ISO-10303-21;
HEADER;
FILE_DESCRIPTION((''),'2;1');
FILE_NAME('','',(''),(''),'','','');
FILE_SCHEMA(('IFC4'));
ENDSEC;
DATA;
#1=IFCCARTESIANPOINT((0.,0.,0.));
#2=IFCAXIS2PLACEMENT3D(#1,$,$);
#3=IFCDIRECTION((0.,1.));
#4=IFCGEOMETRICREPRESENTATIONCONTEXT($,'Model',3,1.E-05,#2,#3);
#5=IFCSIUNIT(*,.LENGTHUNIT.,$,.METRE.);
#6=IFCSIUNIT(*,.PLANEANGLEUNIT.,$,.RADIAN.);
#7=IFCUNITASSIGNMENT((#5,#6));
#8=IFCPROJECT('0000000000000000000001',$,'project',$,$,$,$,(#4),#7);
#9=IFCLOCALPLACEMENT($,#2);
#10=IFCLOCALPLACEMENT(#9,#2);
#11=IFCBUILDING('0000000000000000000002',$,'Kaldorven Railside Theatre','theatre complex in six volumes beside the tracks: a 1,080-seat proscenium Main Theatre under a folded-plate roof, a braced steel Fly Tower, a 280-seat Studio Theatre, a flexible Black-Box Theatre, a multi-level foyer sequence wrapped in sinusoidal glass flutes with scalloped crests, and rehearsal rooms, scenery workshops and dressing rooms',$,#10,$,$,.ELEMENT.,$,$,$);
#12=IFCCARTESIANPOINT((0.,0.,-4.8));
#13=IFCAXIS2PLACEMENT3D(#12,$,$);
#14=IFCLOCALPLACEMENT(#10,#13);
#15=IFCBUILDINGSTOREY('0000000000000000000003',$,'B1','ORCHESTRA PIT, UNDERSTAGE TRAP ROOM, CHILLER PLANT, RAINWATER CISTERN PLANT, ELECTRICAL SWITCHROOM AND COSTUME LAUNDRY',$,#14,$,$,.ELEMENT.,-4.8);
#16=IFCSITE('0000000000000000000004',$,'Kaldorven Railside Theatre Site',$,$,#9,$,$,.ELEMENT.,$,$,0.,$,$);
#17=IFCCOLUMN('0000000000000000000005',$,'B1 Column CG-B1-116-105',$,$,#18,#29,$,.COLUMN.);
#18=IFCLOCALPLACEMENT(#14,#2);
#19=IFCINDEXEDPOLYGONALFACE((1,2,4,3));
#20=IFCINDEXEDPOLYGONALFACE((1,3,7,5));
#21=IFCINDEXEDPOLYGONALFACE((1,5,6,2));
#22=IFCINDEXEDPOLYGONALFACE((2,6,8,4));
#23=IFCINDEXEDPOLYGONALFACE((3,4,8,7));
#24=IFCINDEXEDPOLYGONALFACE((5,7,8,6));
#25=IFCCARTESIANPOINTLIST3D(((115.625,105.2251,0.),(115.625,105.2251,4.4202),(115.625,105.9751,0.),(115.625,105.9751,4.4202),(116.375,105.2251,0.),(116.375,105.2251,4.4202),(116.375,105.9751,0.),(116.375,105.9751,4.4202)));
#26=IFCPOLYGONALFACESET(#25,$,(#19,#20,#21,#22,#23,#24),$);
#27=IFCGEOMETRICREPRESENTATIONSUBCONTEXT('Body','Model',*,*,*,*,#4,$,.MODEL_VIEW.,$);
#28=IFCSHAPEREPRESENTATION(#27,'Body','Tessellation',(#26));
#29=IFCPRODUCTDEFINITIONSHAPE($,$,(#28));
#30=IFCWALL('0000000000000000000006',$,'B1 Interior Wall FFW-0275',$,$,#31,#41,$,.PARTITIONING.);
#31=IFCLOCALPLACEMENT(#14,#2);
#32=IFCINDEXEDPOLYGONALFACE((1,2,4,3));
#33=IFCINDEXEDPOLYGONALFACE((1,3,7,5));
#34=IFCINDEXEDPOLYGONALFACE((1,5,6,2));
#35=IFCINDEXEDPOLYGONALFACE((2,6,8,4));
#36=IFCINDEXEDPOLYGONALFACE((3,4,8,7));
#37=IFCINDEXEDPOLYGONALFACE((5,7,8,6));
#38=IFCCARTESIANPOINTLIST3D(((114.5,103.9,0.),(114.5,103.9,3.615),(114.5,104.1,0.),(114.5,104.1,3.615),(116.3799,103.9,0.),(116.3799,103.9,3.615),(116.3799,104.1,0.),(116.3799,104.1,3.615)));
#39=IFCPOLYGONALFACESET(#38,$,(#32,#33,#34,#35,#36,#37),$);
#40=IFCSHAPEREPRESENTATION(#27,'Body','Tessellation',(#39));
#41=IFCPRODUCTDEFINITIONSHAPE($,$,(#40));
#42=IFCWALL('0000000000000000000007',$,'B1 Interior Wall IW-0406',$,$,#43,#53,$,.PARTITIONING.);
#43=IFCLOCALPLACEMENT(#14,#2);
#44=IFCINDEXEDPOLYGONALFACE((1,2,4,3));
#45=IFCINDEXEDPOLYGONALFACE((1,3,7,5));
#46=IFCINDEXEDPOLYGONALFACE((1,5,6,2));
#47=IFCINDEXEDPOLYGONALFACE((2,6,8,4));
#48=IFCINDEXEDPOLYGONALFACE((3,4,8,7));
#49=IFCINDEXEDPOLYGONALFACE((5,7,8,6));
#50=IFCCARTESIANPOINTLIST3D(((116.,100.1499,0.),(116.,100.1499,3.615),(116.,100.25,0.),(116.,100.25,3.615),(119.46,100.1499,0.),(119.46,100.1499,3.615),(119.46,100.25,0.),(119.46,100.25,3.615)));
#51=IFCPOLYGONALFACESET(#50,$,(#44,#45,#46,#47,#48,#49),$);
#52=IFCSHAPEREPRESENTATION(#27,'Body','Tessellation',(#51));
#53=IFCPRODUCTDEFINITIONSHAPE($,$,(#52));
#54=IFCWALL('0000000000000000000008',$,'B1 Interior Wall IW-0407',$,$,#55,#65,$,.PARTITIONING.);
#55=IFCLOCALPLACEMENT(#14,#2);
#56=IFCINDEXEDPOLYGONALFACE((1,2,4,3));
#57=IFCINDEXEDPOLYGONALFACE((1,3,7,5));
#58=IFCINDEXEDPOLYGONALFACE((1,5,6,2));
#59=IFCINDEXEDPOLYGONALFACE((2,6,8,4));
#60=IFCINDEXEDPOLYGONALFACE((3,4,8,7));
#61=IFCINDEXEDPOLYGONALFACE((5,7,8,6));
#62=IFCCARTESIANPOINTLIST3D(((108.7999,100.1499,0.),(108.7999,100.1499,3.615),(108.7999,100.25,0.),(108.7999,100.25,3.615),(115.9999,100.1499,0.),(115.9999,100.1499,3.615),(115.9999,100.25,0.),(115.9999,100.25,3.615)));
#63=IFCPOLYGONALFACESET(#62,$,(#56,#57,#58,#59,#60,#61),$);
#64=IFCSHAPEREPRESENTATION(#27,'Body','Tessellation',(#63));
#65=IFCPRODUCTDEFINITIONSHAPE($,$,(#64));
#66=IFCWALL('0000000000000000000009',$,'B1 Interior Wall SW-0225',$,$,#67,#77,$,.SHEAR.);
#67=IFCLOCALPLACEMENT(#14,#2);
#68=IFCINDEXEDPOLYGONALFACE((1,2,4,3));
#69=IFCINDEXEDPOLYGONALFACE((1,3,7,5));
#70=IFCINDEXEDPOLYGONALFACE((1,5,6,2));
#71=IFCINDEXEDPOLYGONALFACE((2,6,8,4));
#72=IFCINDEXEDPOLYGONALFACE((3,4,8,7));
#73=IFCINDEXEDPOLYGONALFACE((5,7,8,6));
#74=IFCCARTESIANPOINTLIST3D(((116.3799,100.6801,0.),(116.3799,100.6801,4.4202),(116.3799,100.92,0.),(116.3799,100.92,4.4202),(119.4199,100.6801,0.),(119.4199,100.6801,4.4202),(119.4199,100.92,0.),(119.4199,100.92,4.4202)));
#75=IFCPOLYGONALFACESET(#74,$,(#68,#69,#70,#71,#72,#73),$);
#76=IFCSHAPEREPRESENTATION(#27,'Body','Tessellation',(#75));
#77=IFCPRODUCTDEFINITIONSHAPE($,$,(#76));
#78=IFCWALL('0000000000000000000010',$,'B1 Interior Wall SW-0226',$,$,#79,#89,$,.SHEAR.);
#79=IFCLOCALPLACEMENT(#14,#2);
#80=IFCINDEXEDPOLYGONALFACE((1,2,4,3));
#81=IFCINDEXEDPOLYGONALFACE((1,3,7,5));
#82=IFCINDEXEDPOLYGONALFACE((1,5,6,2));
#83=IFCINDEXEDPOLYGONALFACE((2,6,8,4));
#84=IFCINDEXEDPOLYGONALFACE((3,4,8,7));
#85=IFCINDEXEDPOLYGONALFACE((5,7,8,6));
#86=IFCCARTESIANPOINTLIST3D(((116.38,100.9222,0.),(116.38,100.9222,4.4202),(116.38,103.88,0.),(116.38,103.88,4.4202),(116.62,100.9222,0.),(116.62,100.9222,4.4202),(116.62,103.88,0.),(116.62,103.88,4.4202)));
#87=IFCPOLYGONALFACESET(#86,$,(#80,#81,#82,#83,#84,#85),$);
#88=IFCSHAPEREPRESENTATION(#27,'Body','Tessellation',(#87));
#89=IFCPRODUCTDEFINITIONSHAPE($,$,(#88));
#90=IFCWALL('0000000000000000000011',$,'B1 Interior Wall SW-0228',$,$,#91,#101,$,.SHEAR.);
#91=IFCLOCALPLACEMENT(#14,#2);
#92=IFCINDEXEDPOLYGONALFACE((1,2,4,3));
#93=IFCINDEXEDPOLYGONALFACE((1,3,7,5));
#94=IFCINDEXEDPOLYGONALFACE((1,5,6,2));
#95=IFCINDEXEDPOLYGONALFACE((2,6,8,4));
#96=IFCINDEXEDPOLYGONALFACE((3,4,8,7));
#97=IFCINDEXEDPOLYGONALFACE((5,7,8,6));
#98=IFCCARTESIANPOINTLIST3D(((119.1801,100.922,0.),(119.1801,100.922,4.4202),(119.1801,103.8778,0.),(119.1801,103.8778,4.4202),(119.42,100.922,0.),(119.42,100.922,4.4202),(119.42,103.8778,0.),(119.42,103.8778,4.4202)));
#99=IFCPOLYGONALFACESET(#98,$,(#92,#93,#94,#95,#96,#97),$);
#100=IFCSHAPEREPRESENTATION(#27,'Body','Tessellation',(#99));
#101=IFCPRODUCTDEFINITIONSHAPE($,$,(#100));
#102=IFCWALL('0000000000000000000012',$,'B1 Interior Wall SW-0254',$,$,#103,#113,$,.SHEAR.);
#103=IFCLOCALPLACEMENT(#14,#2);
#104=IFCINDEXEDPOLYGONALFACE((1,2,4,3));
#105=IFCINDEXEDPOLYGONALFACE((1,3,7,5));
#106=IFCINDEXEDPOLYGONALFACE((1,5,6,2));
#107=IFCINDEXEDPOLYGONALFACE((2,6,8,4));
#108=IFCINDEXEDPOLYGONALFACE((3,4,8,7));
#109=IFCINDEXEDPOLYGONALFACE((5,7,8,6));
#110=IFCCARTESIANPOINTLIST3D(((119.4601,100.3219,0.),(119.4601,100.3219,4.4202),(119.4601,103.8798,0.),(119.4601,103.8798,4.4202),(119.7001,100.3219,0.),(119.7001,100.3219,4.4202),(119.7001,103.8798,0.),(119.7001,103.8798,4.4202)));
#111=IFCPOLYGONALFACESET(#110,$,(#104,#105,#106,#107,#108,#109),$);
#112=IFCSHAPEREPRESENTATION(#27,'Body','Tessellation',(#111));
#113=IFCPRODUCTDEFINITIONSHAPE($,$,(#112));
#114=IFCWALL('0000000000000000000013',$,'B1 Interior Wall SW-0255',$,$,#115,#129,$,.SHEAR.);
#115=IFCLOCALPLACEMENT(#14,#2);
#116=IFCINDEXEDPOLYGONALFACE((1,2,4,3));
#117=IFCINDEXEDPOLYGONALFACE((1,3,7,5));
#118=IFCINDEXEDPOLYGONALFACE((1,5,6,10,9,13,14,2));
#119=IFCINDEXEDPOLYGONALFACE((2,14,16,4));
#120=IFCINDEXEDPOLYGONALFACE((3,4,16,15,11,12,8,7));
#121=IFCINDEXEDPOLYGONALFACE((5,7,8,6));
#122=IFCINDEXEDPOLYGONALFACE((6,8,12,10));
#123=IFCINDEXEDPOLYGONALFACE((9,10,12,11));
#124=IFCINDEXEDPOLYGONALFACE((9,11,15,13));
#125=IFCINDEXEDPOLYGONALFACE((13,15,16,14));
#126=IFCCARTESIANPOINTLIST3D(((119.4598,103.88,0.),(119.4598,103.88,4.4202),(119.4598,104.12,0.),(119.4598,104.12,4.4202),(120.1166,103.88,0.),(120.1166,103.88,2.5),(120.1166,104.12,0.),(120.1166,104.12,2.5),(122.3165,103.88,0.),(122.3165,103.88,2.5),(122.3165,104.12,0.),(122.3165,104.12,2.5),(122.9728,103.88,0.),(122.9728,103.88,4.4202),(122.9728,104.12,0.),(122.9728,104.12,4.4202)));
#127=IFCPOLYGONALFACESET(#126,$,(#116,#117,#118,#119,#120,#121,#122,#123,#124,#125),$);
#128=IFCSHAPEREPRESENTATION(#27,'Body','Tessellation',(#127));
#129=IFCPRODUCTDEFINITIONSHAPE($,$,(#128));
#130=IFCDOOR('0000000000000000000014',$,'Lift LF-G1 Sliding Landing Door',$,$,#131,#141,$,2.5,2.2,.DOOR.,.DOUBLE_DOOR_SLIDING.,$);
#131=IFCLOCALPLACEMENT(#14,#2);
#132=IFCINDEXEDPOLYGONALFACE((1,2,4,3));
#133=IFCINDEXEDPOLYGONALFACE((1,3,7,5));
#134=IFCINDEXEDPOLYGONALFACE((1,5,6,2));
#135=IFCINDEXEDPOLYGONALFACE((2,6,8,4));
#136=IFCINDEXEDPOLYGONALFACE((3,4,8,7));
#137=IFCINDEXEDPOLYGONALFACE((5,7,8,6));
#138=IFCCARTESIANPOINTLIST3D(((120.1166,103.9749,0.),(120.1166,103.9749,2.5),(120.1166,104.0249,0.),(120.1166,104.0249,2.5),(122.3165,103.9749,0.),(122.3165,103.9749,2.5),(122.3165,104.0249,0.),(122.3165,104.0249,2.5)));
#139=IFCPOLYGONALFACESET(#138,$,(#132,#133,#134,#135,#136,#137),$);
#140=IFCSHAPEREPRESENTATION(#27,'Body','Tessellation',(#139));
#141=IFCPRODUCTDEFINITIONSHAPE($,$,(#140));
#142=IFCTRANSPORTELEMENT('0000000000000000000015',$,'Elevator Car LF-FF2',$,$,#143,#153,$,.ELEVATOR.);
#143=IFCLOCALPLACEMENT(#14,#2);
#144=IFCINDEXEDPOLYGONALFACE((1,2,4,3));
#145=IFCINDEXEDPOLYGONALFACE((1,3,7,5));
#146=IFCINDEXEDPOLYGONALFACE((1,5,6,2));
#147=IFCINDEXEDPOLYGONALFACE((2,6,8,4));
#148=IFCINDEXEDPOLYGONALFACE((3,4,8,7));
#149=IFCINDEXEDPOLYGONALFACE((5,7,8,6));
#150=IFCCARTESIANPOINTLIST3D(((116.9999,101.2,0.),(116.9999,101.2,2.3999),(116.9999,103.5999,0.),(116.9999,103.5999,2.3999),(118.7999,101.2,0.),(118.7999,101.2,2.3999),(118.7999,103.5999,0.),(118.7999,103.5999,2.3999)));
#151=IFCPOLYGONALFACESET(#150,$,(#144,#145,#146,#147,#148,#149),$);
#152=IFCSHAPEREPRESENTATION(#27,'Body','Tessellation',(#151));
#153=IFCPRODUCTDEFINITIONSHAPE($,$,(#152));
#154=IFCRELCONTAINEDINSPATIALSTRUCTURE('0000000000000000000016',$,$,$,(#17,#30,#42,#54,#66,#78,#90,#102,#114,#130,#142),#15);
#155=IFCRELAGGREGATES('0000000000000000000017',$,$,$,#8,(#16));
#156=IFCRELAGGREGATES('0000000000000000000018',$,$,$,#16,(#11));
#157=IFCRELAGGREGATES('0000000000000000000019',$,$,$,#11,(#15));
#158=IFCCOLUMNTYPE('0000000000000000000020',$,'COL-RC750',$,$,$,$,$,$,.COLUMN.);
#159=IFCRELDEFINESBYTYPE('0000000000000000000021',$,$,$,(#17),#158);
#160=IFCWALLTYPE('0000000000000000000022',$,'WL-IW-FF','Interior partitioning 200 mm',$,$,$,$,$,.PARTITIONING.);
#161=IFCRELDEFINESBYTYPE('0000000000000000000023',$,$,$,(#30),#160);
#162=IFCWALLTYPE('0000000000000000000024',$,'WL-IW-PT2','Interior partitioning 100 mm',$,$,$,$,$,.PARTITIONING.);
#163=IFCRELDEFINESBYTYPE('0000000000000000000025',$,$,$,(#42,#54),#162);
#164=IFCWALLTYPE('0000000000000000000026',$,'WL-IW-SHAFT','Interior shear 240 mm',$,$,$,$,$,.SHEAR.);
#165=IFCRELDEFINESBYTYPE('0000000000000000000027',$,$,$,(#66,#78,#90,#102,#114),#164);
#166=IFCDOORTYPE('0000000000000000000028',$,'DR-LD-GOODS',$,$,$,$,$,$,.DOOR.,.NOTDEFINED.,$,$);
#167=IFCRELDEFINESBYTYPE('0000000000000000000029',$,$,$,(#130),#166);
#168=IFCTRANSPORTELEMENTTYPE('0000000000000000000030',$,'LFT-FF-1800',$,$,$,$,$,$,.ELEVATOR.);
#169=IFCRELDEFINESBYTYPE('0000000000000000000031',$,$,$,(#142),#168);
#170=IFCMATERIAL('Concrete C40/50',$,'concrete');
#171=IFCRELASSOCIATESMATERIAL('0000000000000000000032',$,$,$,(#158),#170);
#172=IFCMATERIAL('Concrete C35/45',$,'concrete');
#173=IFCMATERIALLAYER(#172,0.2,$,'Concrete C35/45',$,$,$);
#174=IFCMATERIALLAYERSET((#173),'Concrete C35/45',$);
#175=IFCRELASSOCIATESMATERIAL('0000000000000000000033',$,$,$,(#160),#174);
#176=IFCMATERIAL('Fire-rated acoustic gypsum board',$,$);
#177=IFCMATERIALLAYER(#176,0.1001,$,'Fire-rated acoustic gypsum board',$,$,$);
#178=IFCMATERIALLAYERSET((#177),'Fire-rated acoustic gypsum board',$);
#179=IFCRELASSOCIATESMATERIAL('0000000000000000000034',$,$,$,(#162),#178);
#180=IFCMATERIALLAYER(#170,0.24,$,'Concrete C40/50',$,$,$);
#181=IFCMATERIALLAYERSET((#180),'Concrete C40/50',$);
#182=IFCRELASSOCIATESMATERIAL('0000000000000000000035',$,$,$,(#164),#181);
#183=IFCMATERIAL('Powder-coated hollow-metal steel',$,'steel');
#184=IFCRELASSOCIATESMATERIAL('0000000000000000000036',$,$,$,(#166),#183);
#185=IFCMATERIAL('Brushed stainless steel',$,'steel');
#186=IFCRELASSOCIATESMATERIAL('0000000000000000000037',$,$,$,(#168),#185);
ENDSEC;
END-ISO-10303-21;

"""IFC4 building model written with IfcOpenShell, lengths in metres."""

from ifc_helpers import new_model, si_unit, direction, frame, frame_2d, origin, origin_2d, place, context, subcontext, project, spatial, rectangle, extrude, material, layer, layer_set, material_profile, profile_set, type_object, element, fill, save


model = new_model("IFC4")

# Units and contexts
model_context = context("Model", 3, precision=1e-05, world=origin(), true_north=direction((0.0, 1.0)))
body_context = subcontext(model_context, "Body", "Model", "MODEL_VIEW")
ifc_project = project(units=[si_unit("LENGTHUNIT", "METRE"), si_unit("PLANEANGLEUNIT", "RADIAN")], contexts=[model_context])

# Site, building, storey
site_placement = place(None, origin())
site = spatial("IfcSite", under=ifc_project, at=site_placement, Name="Kaldorven Railside Theatre Site", CompositionType="ELEMENT", RefElevation=0.0)
building_placement = place(site_placement, origin())
building = spatial("IfcBuilding", under=site, at=building_placement, Name="Kaldorven Railside Theatre", Description="theatre complex in six volumes beside the tracks: a 1,080-seat proscenium Main Theatre under a folded-plate roof, a braced steel Fly Tower, a 280-seat Studio Theatre, a flexible Black-Box Theatre, a multi-level foyer sequence wrapped in sinusoidal glass flutes with scalloped crests, and rehearsal rooms, scenery workshops and dressing rooms", CompositionType="ELEMENT")
storey_placement = place(building_placement, frame((0.0, 0.0, -4.8)))
storey = spatial("IfcBuildingStorey", under=building, at=storey_placement, Name="B1", Description="ORCHESTRA PIT, UNDERSTAGE TRAP ROOM, CHILLER PLANT, RAINWATER CISTERN PLANT, ELECTRICAL SWITCHROOM AND COSTUME LAUNDRY", CompositionType="ELEMENT", Elevation=-4.8)

# Shared definitions
ifc_material_1 = material(Name="Concrete C40/50", Category="concrete")

# Shared definitions
ifc_material_2 = material(Name="Concrete C35/45", Category="concrete")

# Column
ifc_material_profile_1 = material_profile(ifc_material_1, rectangle(XDim=0.75, YDim=0.75, at=origin_2d()), Name="RC 750x750")
ifc_profile_set_1 = profile_set([ifc_material_profile_1], Name="Concrete C40/50")
column_type = type_object("IfcColumnType", Name="COL-RC750", PredefinedType="COLUMN", material=ifc_profile_set_1)
for number, where, z_axis, x_axis, name in (
    (1, (116.0, 105.6001, 0.0), (0.0, 0.0, 1.0), (0.0, 1.0, 0.0), "B1 Column CG-B1-116-105"),
):
    element("IfcColumn", number, at=place(storey_placement, frame(where, z_axis=z_axis, x_axis=x_axis)), inside=storey, type_object=column_type, Name=name, PredefinedType="COLUMN", context=body_context, shape_type="SweptSolid", body=[
        extrude(rectangle(XDim=0.75, YDim=0.75, at=origin_2d()), origin(), (0.0, 0.0, 1.0), 4.4202),
    ])

# Wall
ifc_layer_1 = layer(ifc_material_2, 0.2, Name="Concrete C35/45")
ifc_layer_set_1 = layer_set([ifc_layer_1], Name="Concrete C35/45")
wall_type_1 = type_object("IfcWallType", Name="WL-IW-FF", Description="Interior partitioning 200 mm", PredefinedType="PARTITIONING", material=ifc_layer_set_1)
wall_1_placement = place(storey_placement, frame((116.3799, 104.0, 0.0), z_axis=(0.0, 0.0, 1.0), x_axis=(-1.0, 0.0, 0.0)))
element("IfcWall", 2, at=wall_1_placement, inside=storey, type_object=wall_type_1, Name="B1 Interior Wall FFW-0275", PredefinedType="PARTITIONING", context=body_context, shape_type="SweptSolid", body=[
    extrude(rectangle(XDim=1.8799, YDim=0.2, at=frame_2d((0.9399, 0.0))), origin(), (0.0, 0.0, 1.0), 3.615),
])

# Shared definitions
ifc_material_3 = material(Name="Powder-coated hollow-metal steel", Category="steel")

# Walls
ifc_material_4 = material(Name="Fire-rated acoustic gypsum board")
ifc_layer_2 = layer(ifc_material_4, 0.1001, Name="Fire-rated acoustic gypsum board")
ifc_layer_set_2 = layer_set([ifc_layer_2], Name="Fire-rated acoustic gypsum board")
wall_type_2 = type_object("IfcWallType", Name="WL-IW-PT2", Description="Interior partitioning 100 mm", PredefinedType="PARTITIONING", material=ifc_layer_set_2)
wall_2_placement = place(storey_placement, frame((119.46, 100.2, 0.0), z_axis=(0.0, 0.0, 1.0), x_axis=(-1.0, 0.0, 0.0)))
element("IfcWall", 3, at=wall_2_placement, inside=storey, type_object=wall_type_2, Name="B1 Interior Wall IW-0406", PredefinedType="PARTITIONING", context=body_context, shape_type="SweptSolid", body=[
    extrude(rectangle(XDim=3.46, YDim=0.1001, at=frame_2d((1.73, 0.0))), origin(), (0.0, 0.0, 1.0), 3.615),
])
wall_3_placement = place(storey_placement, frame((116.0, 100.2, 0.0), z_axis=(0.0, 0.0, 1.0), x_axis=(-1.0, 0.0, 0.0)))
element("IfcWall", 4, at=wall_3_placement, inside=storey, type_object=wall_type_2, Name="B1 Interior Wall IW-0407", PredefinedType="PARTITIONING", context=body_context, shape_type="SweptSolid", body=[
    extrude(rectangle(XDim=7.2, YDim=0.1001, at=frame_2d((3.6001, 0.0))), origin(), (0.0, 0.0, 1.0), 3.615),
])
ifc_layer_3 = layer(ifc_material_1, 0.24, Name="Concrete C40/50")
ifc_layer_set_3 = layer_set([ifc_layer_3], Name="Concrete C40/50")
wall_type_3 = type_object("IfcWallType", Name="WL-IW-SHAFT", Description="Interior shear 240 mm", PredefinedType="SHEAR", material=ifc_layer_set_3)
wall_4_placement = place(storey_placement, frame((119.4199, 100.8, 0.0), z_axis=(0.0, 0.0, 1.0), x_axis=(-1.0, 0.0, 0.0)))
element("IfcWall", 5, at=wall_4_placement, inside=storey, type_object=wall_type_3, Name="B1 Interior Wall SW-0225", PredefinedType="SHEAR", context=body_context, shape_type="SweptSolid", body=[
    extrude(rectangle(XDim=3.04, YDim=0.24, at=frame_2d((1.52, 0.0))), origin(), (0.0, 0.0, 1.0), 4.4202),
])
wall_5_placement = place(storey_placement, frame((116.5, 100.9221, 0.0), z_axis=(0.0, 0.0, 1.0), x_axis=(0.0, 1.0, 0.0)))
element("IfcWall", 6, at=wall_5_placement, inside=storey, type_object=wall_type_3, Name="B1 Interior Wall SW-0226", PredefinedType="SHEAR", context=body_context, shape_type="SweptSolid", body=[
    extrude(rectangle(XDim=2.9578, YDim=0.24, at=frame_2d((1.479, 0.0))), origin(), (0.0, 0.0, 1.0), 4.4202),
])

# Walls
wall_6_placement = place(storey_placement, frame((119.3, 103.8779, 0.0), z_axis=(0.0, 0.0, 1.0), x_axis=(0.0, -1.0, 0.0)))
element("IfcWall", 7, at=wall_6_placement, inside=storey, type_object=wall_type_3, Name="B1 Interior Wall SW-0228", PredefinedType="SHEAR", context=body_context, shape_type="SweptSolid", body=[
    extrude(rectangle(XDim=2.9558, YDim=0.24, at=frame_2d((1.478, 0.0))), origin(), (0.0, 0.0, 1.0), 4.4202),
])
wall_7_placement = place(storey_placement, frame((119.5801, 100.322, 0.0), z_axis=(0.0, 0.0, 1.0), x_axis=(0.0, 1.0, 0.0)))
element("IfcWall", 8, at=wall_7_placement, inside=storey, type_object=wall_type_3, Name="B1 Interior Wall SW-0254", PredefinedType="SHEAR", context=body_context, shape_type="SweptSolid", body=[
    extrude(rectangle(XDim=3.5579, YDim=0.24, at=frame_2d((1.7788, 0.0))), origin(), (0.0, 0.0, 1.0), 4.4202),
])

# Wall, opening, door
wall_8_placement = place(storey_placement, frame((119.46, 104.0, 0.0), z_axis=(0.0, 0.0, 1.0), x_axis=(1.0, 0.0, 0.0)))
wall_8 = element("IfcWall", 9, at=wall_8_placement, inside=storey, type_object=wall_type_3, Name="B1 Interior Wall SW-0255", PredefinedType="SHEAR", context=body_context, shape_type="SweptSolid", body=[
    extrude(rectangle(XDim=3.5129, YDim=0.24, at=frame_2d((1.7563, 0.0))), origin(), (0.0, 0.0, 1.0), 4.4202),
])
opening_1_placement = place(wall_8_placement, frame((0.6565, 0.0, 0.0)))
opening_1 = element("IfcOpeningElement", 10, at=opening_1_placement, cuts=wall_8, PredefinedType="OPENING", context=body_context, shape_type="SweptSolid", body=[
    extrude(rectangle(XDim=2.2, YDim=2.5, at=frame_2d((1.1001, 1.25))), frame((0.0, 0.1299, 0.0), z_axis=(0.0, -1.0, 0.0), x_axis=(1.0, 0.0, 0.0)), (0.0, 0.0, 1.0), 0.26),
])
door_type_1 = type_object("IfcDoorType", Name="DR-LD-GOODS", OperationType="NOTDEFINED", PredefinedType="DOOR", material=ifc_material_3)
door_1_placement = place(opening_1_placement, origin())
door_1 = element("IfcDoor", 11, at=door_1_placement, inside=storey, type_object=door_type_1, Name="Lift LF-G1 Sliding Landing Door", OperationType="DOUBLE_DOOR_SLIDING", OverallHeight=2.5, OverallWidth=2.2, PredefinedType="DOOR", context=body_context, shape_type="SweptSolid", body=[
    extrude(rectangle(XDim=2.2, YDim=2.5, at=frame_2d((1.1001, 1.25))), frame((0.0, 0.0249, 0.0), z_axis=(0.0, -1.0, 0.0), x_axis=(1.0, 0.0, 0.0)), (0.0, 0.0, 1.0), 0.05),
])
fill(opening_1, door_1)

# Transport element
ifc_material_5 = material(Name="Brushed stainless steel", Category="steel")
transport_element_type = type_object("IfcTransportElementType", Name="LFT-FF-1800", PredefinedType="ELEVATOR", material=ifc_material_5)
transport_element_placement = place(storey_placement, frame((117.8999, 102.3999, 0.0), z_axis=(0.0, 0.0, 1.0), x_axis=(1.0, 0.0, 0.0)))
element("IfcTransportElement", 12, at=transport_element_placement, inside=storey, type_object=transport_element_type, Name="Elevator Car LF-FF2", PredefinedType="ELEVATOR", context=body_context, shape_type="SweptSolid", body=[
    extrude(rectangle(XDim=1.8, YDim=2.3999, at=origin_2d()), origin(), (0.0, 0.0, 1.0), 2.3999),
])

save(model, "model.ifc")
